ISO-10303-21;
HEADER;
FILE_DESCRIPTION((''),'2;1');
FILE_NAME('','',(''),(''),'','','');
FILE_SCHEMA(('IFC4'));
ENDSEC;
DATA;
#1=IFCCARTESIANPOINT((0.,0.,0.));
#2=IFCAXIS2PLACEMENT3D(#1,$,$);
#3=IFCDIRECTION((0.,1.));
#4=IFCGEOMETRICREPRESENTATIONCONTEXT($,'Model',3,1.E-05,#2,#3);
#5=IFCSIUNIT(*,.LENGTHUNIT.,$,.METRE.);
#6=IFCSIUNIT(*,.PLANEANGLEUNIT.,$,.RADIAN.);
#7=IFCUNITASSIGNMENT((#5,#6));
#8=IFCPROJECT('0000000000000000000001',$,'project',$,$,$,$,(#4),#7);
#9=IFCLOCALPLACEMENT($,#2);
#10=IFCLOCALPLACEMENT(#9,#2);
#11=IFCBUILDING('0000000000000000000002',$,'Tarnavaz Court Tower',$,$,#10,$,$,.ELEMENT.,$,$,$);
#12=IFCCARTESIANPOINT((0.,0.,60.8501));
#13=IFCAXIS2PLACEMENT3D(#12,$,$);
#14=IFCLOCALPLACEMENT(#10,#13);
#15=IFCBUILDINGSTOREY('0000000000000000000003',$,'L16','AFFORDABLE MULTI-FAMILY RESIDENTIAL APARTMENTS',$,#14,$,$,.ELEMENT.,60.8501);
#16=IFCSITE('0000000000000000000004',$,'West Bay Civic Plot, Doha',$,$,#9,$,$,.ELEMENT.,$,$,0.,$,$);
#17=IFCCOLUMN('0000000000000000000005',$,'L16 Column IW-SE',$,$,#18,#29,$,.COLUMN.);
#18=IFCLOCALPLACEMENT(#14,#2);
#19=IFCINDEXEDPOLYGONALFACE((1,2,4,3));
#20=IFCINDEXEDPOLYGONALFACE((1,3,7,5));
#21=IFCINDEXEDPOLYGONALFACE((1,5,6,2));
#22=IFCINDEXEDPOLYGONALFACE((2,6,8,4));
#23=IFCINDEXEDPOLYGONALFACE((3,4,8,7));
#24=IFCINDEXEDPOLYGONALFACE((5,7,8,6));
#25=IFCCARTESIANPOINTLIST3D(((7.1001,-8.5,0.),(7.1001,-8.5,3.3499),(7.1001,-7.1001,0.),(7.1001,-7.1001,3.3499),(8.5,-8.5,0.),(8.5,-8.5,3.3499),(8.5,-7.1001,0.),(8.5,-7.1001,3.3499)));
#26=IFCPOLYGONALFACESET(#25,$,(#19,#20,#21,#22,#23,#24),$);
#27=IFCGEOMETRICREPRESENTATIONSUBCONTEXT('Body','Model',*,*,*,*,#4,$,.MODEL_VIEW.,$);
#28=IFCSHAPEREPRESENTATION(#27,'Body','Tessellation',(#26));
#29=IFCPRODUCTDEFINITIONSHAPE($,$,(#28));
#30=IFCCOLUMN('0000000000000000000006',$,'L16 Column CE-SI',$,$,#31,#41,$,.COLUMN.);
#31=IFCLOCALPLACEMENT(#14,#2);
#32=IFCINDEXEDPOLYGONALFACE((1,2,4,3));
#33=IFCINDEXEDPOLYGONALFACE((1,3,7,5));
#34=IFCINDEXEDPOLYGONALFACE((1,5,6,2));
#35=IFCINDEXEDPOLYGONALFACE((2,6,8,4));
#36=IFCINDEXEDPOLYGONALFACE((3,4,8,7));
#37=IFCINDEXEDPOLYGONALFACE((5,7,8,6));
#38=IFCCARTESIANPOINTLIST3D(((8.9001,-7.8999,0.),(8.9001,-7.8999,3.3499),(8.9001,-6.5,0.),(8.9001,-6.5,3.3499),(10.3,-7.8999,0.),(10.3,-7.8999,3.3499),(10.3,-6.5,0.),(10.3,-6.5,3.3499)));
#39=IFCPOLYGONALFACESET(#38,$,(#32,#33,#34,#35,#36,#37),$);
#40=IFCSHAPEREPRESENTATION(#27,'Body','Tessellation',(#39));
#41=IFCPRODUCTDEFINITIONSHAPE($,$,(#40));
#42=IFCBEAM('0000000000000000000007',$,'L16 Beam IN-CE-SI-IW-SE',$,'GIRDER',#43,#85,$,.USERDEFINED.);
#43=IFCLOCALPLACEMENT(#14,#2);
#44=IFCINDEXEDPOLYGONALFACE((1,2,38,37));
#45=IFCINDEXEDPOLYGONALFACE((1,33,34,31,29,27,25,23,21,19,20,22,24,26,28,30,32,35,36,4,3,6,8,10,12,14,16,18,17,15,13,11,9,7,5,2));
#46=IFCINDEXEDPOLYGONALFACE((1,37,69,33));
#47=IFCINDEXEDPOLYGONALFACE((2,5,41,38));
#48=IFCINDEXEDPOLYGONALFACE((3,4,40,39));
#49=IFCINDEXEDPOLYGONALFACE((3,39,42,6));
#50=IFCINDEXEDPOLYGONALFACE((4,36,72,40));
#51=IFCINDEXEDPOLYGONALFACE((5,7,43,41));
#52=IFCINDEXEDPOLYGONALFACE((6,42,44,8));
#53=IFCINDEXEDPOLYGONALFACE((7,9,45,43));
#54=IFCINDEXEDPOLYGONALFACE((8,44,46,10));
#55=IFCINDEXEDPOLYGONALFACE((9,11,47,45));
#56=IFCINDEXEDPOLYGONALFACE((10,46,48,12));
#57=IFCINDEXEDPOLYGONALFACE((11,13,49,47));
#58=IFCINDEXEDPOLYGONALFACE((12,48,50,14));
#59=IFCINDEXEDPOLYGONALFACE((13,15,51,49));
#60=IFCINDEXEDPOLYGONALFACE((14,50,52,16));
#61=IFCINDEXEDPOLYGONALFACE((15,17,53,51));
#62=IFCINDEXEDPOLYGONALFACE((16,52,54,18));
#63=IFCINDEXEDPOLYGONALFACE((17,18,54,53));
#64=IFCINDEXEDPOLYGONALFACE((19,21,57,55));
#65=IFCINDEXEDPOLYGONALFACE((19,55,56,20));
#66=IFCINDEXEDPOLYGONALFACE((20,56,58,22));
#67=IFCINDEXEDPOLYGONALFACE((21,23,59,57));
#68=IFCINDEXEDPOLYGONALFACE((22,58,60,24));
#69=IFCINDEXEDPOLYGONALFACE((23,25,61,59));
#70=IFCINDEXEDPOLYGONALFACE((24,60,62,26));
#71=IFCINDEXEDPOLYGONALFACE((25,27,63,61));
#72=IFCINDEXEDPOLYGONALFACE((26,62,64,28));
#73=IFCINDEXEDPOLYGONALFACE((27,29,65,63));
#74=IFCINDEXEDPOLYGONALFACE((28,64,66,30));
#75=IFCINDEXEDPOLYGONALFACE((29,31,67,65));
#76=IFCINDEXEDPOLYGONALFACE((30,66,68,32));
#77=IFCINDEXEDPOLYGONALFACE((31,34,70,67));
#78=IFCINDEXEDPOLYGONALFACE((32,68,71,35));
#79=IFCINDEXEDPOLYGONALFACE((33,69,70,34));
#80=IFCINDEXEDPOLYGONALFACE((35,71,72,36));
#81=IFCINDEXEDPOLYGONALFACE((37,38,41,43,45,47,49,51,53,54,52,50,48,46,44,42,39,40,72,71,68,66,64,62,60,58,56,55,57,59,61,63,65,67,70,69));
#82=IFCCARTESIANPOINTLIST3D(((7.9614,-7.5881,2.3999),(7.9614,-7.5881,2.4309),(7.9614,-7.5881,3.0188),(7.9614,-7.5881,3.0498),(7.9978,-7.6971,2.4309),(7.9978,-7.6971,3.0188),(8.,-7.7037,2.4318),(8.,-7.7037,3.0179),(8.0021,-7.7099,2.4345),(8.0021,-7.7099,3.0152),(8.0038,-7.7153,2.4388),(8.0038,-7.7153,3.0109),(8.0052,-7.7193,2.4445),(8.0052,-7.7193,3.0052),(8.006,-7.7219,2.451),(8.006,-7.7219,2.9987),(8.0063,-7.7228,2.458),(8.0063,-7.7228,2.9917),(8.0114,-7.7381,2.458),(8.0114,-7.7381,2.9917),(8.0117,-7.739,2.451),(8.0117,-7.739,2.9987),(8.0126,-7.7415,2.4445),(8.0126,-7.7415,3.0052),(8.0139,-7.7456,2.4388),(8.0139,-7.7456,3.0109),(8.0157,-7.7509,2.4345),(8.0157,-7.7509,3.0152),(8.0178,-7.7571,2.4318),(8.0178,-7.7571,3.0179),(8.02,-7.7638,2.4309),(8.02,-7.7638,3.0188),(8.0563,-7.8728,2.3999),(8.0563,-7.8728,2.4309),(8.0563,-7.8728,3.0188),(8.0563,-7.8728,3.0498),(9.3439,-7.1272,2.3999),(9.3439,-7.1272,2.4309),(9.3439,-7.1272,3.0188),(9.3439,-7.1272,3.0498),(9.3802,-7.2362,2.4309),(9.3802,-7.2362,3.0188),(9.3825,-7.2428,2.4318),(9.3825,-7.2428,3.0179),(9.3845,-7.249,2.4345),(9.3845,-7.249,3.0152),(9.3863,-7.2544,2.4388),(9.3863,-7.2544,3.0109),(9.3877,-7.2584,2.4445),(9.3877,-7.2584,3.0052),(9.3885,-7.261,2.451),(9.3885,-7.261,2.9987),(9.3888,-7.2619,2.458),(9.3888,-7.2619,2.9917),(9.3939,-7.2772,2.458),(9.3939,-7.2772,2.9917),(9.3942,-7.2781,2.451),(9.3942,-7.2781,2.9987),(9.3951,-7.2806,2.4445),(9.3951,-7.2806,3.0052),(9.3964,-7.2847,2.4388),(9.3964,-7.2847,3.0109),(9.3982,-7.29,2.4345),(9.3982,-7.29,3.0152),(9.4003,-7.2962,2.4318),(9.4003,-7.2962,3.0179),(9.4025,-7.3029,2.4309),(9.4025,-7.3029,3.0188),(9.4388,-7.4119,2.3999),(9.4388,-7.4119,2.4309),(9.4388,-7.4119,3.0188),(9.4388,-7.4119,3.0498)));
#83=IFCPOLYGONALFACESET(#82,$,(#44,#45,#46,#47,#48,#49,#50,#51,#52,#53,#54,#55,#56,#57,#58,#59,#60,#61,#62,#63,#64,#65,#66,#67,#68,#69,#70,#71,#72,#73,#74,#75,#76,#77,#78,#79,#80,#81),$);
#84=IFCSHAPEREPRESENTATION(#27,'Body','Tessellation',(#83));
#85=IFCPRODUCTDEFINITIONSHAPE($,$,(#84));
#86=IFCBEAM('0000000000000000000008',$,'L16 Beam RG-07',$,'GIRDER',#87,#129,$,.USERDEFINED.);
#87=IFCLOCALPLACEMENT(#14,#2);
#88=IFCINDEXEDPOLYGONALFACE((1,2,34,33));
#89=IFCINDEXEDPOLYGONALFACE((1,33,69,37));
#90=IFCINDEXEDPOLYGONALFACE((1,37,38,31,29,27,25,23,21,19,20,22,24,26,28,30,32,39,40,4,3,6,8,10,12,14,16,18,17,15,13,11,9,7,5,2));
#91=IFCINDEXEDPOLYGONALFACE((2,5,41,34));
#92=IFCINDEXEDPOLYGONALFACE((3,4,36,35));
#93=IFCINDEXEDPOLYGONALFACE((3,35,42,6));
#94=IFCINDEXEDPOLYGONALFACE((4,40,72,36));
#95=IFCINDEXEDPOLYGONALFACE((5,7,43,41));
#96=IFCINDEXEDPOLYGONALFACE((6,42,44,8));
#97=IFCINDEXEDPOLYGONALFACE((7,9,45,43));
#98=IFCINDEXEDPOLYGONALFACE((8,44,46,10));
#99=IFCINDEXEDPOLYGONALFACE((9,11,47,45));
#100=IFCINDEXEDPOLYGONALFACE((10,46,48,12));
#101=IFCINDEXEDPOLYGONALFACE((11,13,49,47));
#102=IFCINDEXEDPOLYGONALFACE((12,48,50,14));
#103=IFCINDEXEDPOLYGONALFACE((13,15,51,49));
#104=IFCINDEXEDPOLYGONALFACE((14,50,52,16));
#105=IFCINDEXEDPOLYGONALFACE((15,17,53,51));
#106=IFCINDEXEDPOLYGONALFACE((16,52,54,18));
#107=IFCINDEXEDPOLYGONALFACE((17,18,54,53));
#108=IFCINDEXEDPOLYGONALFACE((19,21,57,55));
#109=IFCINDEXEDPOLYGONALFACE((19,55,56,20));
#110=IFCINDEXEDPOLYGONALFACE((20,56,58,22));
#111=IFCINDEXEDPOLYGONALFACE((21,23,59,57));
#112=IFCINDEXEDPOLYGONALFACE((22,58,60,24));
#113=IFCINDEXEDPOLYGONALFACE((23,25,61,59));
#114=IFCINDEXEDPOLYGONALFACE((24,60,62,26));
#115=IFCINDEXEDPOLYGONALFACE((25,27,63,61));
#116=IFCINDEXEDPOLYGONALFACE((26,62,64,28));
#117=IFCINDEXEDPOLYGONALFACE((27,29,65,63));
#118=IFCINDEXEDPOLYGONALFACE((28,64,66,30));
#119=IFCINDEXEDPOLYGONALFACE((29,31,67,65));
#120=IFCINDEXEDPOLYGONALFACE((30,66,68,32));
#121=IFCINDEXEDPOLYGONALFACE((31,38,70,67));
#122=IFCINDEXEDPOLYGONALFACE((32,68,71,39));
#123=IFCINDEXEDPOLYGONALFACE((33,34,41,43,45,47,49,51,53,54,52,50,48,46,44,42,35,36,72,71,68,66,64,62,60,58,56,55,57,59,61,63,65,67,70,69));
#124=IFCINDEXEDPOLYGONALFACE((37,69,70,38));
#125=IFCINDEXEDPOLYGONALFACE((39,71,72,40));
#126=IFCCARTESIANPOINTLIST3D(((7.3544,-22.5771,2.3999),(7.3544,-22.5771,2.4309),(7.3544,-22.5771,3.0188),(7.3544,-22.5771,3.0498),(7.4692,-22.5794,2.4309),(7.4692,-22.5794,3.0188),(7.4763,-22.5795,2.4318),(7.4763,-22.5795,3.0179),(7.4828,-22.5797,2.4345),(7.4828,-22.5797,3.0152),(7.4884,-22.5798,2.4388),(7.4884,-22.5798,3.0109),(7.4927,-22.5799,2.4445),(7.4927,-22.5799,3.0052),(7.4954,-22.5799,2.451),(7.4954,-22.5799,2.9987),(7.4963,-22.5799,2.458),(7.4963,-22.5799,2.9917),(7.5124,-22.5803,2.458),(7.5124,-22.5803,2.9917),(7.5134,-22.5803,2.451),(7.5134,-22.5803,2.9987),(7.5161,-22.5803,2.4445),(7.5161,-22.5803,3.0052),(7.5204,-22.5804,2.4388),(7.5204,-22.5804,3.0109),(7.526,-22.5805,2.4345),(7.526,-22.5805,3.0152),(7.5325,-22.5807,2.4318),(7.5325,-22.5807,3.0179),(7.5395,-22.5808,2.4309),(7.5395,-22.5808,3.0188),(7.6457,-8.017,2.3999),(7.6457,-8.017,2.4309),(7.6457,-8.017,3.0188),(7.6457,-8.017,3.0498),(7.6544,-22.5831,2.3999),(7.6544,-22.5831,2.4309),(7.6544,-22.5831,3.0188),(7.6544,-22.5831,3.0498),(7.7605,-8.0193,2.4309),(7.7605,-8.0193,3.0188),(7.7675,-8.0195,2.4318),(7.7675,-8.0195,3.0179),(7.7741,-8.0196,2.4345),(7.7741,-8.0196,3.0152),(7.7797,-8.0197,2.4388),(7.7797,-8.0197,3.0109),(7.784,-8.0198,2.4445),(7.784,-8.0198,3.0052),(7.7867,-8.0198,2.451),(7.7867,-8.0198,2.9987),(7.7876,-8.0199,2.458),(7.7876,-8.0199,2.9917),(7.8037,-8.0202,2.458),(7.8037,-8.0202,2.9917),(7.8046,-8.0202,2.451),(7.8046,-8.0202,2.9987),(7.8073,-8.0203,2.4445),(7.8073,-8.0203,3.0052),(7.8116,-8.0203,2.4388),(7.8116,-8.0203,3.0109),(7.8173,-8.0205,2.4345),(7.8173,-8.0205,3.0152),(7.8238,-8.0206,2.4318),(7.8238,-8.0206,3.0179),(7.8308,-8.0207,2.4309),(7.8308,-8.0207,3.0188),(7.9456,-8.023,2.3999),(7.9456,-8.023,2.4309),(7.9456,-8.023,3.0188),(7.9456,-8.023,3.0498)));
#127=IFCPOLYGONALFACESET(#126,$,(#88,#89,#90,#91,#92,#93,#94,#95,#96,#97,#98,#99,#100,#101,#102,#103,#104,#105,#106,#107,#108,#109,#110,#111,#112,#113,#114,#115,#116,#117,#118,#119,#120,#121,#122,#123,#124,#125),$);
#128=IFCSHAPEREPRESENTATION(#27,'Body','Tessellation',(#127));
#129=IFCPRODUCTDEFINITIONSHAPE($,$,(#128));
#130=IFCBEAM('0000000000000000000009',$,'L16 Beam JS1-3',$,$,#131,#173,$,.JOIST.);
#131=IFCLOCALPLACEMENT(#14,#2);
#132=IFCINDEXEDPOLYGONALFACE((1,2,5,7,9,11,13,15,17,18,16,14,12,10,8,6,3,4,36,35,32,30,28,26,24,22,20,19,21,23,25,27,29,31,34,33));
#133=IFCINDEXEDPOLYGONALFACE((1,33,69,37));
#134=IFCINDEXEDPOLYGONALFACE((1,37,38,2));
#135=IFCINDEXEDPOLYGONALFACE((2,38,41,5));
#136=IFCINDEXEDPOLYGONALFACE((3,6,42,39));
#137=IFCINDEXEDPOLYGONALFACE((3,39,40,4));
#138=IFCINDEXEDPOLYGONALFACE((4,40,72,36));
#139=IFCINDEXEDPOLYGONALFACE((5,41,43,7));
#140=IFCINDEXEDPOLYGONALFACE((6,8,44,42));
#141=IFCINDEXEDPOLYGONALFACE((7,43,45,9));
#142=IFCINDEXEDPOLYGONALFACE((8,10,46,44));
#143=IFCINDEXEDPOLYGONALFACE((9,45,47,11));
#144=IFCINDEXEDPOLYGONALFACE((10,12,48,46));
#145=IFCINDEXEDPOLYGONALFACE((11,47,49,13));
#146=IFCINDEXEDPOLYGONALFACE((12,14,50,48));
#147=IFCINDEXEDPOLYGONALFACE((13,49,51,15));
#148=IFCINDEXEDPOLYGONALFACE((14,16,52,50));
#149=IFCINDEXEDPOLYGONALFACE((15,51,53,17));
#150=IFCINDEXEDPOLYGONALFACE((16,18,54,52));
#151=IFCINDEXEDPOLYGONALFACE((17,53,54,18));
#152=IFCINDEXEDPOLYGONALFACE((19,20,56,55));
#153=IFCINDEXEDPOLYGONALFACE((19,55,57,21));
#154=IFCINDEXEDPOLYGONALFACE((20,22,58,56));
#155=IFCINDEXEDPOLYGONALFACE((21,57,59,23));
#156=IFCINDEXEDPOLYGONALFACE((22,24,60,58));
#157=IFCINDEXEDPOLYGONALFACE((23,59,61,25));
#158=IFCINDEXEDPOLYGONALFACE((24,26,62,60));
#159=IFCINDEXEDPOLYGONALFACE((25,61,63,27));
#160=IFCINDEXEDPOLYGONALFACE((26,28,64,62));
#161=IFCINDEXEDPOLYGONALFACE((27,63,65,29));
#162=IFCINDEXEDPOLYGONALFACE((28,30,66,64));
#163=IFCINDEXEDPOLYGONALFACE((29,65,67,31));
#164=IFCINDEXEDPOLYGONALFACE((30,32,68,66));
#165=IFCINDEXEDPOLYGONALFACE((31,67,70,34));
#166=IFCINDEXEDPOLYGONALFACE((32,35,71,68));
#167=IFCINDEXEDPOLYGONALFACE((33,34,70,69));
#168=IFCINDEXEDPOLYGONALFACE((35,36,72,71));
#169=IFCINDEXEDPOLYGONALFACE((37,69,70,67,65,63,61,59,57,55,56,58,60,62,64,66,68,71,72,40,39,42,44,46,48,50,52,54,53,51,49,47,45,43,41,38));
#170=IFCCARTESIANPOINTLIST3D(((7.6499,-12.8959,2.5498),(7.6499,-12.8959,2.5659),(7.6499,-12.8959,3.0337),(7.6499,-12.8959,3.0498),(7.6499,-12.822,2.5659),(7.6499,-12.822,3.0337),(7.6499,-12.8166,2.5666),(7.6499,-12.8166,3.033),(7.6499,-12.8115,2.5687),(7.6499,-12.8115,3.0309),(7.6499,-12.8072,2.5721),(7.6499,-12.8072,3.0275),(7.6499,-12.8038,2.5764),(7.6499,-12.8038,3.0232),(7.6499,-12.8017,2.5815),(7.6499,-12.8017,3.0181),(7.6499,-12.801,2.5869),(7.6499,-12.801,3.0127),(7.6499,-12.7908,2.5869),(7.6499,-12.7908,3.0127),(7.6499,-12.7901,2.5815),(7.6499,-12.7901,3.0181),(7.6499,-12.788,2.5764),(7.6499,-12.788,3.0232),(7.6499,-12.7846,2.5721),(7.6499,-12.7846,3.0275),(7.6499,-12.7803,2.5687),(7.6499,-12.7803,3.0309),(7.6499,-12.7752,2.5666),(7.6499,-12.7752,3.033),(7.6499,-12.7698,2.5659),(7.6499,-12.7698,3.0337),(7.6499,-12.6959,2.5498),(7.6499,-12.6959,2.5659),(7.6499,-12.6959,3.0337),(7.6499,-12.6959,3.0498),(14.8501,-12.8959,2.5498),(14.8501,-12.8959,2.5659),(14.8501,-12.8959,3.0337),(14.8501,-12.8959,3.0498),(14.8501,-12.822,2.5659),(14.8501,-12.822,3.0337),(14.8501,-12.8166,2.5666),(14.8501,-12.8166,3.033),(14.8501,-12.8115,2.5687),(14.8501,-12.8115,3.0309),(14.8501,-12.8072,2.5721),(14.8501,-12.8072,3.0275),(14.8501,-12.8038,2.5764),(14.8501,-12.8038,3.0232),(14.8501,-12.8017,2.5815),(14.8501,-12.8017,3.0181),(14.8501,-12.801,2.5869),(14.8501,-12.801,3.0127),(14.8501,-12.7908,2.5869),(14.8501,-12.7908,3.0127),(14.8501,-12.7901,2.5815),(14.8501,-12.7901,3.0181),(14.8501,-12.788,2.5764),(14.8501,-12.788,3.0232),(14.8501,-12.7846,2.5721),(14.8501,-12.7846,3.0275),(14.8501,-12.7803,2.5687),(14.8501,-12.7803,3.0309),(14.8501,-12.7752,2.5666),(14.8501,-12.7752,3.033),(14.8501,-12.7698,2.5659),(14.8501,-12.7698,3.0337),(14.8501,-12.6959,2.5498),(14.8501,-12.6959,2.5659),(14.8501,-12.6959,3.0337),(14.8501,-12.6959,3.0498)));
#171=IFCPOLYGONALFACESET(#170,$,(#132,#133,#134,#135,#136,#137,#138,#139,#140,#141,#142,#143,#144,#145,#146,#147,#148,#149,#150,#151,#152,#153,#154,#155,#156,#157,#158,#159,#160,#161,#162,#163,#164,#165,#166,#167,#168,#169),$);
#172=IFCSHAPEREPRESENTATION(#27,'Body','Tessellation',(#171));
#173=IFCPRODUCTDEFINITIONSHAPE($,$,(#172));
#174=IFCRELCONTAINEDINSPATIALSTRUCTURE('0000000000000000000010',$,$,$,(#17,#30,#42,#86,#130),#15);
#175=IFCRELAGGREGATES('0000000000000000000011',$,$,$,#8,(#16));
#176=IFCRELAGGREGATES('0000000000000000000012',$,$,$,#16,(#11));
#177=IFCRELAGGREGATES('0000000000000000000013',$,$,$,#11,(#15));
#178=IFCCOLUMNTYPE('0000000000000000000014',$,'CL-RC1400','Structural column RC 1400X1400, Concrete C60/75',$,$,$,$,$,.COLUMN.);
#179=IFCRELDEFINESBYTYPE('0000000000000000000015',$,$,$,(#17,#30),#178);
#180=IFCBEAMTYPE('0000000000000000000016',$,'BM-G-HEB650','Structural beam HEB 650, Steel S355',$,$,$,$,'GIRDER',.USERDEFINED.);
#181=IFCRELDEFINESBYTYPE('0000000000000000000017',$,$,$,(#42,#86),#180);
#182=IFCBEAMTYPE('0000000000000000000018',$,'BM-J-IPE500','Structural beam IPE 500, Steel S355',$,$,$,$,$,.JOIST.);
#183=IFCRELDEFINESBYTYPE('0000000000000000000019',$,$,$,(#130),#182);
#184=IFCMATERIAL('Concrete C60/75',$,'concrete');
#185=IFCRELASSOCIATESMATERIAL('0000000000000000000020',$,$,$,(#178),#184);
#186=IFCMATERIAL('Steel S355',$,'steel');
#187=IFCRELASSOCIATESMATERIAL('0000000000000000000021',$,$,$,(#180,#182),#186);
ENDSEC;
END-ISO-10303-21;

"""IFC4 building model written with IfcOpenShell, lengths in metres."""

from ifc_helpers import new_model, si_unit, direction, frame, origin, origin_2d, place, context, subcontext, project, spatial, rectangle, i_section, extrude, material, material_profile, profile_set, type_object, element, save


model = new_model("IFC4")

# Units and contexts
model_context = context("Model", 3, precision=1e-05, world=origin(), true_north=direction((0.0, 1.0)))
body_context = subcontext(model_context, "Body", "Model", "MODEL_VIEW")
ifc_project = project(units=[si_unit("LENGTHUNIT", "METRE"), si_unit("PLANEANGLEUNIT", "RADIAN")], contexts=[model_context])

# Site, building, storey
site_placement = place(None, origin())
site = spatial("IfcSite", under=ifc_project, at=site_placement, Name="West Bay Civic Plot, Doha", CompositionType="ELEMENT", RefElevation=0.0)
building_placement = place(site_placement, origin())
building = spatial("IfcBuilding", under=site, at=building_placement, Name="Tarnavaz Court Tower", CompositionType="ELEMENT")
storey_placement = place(building_placement, frame((0.0, 0.0, 60.8501)))
storey = spatial("IfcBuildingStorey", under=building, at=storey_placement, Name="L16", Description="AFFORDABLE MULTI-FAMILY RESIDENTIAL APARTMENTS", CompositionType="ELEMENT", Elevation=60.8501)

# Columns
ifc_material_1 = material(Name="Concrete C60/75", Category="concrete")
ifc_material_profile_1 = material_profile(ifc_material_1, rectangle(XDim=1.3999, YDim=1.3999, at=origin_2d()), Name="RC 1400X1400")
ifc_profile_set_1 = profile_set([ifc_material_profile_1], Name="Concrete C60/75")
column_type = type_object("IfcColumnType", Name="CL-RC1400", Description="Structural column RC 1400X1400, Concrete C60/75", PredefinedType="COLUMN", material=ifc_profile_set_1)
for number, where, z_axis, x_axis, name in (
    (1, (7.8, -7.8, 0.0), (0.0, 0.0, 1.0), (1.0, 0.0, 0.0), "L16 Column IW-SE"),
    (2, (9.6001, -7.2, 0.0), (0.0, 0.0, 1.0), (1.0, 0.0, 0.0), "L16 Column CE-SI"),
):
    element("IfcColumn", number, at=place(storey_placement, frame(where, z_axis=z_axis, x_axis=x_axis)), inside=storey, type_object=column_type, Name=name, PredefinedType="COLUMN", context=body_context, shape_type="SweptSolid", body=[
        extrude(rectangle(XDim=1.3999, YDim=1.3999, at=origin_2d()), origin(), (0.0, 0.0, 1.0), 3.3499),
    ])

# Beams
ifc_material_2 = material(Name="Steel S355", Category="steel")
ifc_material_profile_2 = material_profile(ifc_material_2, i_section(OverallWidth=0.3, OverallDepth=0.6499, WebThickness=0.0161, FlangeThickness=0.031, FilletRadius=0.0271, at=origin_2d()), Name="HEB 650")
ifc_profile_set_2 = profile_set([ifc_material_profile_2], Name="Steel S355")
beam_type_1 = type_object("IfcBeamType", Name="BM-G-HEB650", Description="Structural beam HEB 650, Steel S355", ElementType="GIRDER", PredefinedType="USERDEFINED", material=ifc_profile_set_2)
beam_1_placement = place(storey_placement, frame((9.3914, -7.2695, 2.7249), z_axis=(-0.948667, -0.316278, 0.0), x_axis=(0.316278, -0.948667, 0.0)))
element("IfcBeam", 3, at=beam_1_placement, inside=storey, type_object=beam_type_1, Name="L16 Beam IN-CE-SI-IW-SE", ObjectType="GIRDER", PredefinedType="USERDEFINED", context=body_context, shape_type="SweptSolid", body=[
    extrude(i_section(OverallWidth=0.3, OverallDepth=0.6499, WebThickness=0.0161, FlangeThickness=0.031, FilletRadius=0.0271, at=origin_2d()), origin(), (0.0, 0.0, 1.0), 1.4573),
])
beam_2_placement = place(storey_placement, frame((7.7957, -8.02, 2.7249), z_axis=(-0.02, -0.9998, 0.0), x_axis=(0.9998, -0.02, 0.0)))
element("IfcBeam", 4, at=beam_2_placement, inside=storey, type_object=beam_type_1, Name="L16 Beam RG-07", ObjectType="GIRDER", PredefinedType="USERDEFINED", context=body_context, shape_type="SweptSolid", body=[
    extrude(i_section(OverallWidth=0.3, OverallDepth=0.6499, WebThickness=0.0161, FlangeThickness=0.031, FilletRadius=0.0271, at=origin_2d()), origin(), (0.0, 0.0, 1.0), 14.563),
])
ifc_material_profile_3 = material_profile(ifc_material_2, i_section(OverallWidth=0.2, OverallDepth=0.5, WebThickness=0.0103, FlangeThickness=0.0161, FilletRadius=0.021, at=origin_2d()), Name="IPE 500")
ifc_profile_set_3 = profile_set([ifc_material_profile_3], Name="Steel S355")
beam_type_2 = type_object("IfcBeamType", Name="BM-J-IPE500", Description="Structural beam IPE 500, Steel S355", PredefinedType="JOIST", material=ifc_profile_set_3)
for number, where, z_axis, x_axis, name in (
    (5, (7.6499, -12.7959, 2.7998), (1.0, 0.0, 0.0), (0.0, 1.0, 0.0), "L16 Beam JS1-3"),
):
    element("IfcBeam", number, at=place(storey_placement, frame(where, z_axis=z_axis, x_axis=x_axis)), inside=storey, type_object=beam_type_2, Name=name, PredefinedType="JOIST", context=body_context, shape_type="SweptSolid", body=[
        extrude(i_section(OverallWidth=0.2, OverallDepth=0.5, WebThickness=0.0103, FlangeThickness=0.0161, FilletRadius=0.021, at=origin_2d()), origin(), (0.0, 0.0, 1.0), 7.2002),
    ])

save(model, "model.ifc")
